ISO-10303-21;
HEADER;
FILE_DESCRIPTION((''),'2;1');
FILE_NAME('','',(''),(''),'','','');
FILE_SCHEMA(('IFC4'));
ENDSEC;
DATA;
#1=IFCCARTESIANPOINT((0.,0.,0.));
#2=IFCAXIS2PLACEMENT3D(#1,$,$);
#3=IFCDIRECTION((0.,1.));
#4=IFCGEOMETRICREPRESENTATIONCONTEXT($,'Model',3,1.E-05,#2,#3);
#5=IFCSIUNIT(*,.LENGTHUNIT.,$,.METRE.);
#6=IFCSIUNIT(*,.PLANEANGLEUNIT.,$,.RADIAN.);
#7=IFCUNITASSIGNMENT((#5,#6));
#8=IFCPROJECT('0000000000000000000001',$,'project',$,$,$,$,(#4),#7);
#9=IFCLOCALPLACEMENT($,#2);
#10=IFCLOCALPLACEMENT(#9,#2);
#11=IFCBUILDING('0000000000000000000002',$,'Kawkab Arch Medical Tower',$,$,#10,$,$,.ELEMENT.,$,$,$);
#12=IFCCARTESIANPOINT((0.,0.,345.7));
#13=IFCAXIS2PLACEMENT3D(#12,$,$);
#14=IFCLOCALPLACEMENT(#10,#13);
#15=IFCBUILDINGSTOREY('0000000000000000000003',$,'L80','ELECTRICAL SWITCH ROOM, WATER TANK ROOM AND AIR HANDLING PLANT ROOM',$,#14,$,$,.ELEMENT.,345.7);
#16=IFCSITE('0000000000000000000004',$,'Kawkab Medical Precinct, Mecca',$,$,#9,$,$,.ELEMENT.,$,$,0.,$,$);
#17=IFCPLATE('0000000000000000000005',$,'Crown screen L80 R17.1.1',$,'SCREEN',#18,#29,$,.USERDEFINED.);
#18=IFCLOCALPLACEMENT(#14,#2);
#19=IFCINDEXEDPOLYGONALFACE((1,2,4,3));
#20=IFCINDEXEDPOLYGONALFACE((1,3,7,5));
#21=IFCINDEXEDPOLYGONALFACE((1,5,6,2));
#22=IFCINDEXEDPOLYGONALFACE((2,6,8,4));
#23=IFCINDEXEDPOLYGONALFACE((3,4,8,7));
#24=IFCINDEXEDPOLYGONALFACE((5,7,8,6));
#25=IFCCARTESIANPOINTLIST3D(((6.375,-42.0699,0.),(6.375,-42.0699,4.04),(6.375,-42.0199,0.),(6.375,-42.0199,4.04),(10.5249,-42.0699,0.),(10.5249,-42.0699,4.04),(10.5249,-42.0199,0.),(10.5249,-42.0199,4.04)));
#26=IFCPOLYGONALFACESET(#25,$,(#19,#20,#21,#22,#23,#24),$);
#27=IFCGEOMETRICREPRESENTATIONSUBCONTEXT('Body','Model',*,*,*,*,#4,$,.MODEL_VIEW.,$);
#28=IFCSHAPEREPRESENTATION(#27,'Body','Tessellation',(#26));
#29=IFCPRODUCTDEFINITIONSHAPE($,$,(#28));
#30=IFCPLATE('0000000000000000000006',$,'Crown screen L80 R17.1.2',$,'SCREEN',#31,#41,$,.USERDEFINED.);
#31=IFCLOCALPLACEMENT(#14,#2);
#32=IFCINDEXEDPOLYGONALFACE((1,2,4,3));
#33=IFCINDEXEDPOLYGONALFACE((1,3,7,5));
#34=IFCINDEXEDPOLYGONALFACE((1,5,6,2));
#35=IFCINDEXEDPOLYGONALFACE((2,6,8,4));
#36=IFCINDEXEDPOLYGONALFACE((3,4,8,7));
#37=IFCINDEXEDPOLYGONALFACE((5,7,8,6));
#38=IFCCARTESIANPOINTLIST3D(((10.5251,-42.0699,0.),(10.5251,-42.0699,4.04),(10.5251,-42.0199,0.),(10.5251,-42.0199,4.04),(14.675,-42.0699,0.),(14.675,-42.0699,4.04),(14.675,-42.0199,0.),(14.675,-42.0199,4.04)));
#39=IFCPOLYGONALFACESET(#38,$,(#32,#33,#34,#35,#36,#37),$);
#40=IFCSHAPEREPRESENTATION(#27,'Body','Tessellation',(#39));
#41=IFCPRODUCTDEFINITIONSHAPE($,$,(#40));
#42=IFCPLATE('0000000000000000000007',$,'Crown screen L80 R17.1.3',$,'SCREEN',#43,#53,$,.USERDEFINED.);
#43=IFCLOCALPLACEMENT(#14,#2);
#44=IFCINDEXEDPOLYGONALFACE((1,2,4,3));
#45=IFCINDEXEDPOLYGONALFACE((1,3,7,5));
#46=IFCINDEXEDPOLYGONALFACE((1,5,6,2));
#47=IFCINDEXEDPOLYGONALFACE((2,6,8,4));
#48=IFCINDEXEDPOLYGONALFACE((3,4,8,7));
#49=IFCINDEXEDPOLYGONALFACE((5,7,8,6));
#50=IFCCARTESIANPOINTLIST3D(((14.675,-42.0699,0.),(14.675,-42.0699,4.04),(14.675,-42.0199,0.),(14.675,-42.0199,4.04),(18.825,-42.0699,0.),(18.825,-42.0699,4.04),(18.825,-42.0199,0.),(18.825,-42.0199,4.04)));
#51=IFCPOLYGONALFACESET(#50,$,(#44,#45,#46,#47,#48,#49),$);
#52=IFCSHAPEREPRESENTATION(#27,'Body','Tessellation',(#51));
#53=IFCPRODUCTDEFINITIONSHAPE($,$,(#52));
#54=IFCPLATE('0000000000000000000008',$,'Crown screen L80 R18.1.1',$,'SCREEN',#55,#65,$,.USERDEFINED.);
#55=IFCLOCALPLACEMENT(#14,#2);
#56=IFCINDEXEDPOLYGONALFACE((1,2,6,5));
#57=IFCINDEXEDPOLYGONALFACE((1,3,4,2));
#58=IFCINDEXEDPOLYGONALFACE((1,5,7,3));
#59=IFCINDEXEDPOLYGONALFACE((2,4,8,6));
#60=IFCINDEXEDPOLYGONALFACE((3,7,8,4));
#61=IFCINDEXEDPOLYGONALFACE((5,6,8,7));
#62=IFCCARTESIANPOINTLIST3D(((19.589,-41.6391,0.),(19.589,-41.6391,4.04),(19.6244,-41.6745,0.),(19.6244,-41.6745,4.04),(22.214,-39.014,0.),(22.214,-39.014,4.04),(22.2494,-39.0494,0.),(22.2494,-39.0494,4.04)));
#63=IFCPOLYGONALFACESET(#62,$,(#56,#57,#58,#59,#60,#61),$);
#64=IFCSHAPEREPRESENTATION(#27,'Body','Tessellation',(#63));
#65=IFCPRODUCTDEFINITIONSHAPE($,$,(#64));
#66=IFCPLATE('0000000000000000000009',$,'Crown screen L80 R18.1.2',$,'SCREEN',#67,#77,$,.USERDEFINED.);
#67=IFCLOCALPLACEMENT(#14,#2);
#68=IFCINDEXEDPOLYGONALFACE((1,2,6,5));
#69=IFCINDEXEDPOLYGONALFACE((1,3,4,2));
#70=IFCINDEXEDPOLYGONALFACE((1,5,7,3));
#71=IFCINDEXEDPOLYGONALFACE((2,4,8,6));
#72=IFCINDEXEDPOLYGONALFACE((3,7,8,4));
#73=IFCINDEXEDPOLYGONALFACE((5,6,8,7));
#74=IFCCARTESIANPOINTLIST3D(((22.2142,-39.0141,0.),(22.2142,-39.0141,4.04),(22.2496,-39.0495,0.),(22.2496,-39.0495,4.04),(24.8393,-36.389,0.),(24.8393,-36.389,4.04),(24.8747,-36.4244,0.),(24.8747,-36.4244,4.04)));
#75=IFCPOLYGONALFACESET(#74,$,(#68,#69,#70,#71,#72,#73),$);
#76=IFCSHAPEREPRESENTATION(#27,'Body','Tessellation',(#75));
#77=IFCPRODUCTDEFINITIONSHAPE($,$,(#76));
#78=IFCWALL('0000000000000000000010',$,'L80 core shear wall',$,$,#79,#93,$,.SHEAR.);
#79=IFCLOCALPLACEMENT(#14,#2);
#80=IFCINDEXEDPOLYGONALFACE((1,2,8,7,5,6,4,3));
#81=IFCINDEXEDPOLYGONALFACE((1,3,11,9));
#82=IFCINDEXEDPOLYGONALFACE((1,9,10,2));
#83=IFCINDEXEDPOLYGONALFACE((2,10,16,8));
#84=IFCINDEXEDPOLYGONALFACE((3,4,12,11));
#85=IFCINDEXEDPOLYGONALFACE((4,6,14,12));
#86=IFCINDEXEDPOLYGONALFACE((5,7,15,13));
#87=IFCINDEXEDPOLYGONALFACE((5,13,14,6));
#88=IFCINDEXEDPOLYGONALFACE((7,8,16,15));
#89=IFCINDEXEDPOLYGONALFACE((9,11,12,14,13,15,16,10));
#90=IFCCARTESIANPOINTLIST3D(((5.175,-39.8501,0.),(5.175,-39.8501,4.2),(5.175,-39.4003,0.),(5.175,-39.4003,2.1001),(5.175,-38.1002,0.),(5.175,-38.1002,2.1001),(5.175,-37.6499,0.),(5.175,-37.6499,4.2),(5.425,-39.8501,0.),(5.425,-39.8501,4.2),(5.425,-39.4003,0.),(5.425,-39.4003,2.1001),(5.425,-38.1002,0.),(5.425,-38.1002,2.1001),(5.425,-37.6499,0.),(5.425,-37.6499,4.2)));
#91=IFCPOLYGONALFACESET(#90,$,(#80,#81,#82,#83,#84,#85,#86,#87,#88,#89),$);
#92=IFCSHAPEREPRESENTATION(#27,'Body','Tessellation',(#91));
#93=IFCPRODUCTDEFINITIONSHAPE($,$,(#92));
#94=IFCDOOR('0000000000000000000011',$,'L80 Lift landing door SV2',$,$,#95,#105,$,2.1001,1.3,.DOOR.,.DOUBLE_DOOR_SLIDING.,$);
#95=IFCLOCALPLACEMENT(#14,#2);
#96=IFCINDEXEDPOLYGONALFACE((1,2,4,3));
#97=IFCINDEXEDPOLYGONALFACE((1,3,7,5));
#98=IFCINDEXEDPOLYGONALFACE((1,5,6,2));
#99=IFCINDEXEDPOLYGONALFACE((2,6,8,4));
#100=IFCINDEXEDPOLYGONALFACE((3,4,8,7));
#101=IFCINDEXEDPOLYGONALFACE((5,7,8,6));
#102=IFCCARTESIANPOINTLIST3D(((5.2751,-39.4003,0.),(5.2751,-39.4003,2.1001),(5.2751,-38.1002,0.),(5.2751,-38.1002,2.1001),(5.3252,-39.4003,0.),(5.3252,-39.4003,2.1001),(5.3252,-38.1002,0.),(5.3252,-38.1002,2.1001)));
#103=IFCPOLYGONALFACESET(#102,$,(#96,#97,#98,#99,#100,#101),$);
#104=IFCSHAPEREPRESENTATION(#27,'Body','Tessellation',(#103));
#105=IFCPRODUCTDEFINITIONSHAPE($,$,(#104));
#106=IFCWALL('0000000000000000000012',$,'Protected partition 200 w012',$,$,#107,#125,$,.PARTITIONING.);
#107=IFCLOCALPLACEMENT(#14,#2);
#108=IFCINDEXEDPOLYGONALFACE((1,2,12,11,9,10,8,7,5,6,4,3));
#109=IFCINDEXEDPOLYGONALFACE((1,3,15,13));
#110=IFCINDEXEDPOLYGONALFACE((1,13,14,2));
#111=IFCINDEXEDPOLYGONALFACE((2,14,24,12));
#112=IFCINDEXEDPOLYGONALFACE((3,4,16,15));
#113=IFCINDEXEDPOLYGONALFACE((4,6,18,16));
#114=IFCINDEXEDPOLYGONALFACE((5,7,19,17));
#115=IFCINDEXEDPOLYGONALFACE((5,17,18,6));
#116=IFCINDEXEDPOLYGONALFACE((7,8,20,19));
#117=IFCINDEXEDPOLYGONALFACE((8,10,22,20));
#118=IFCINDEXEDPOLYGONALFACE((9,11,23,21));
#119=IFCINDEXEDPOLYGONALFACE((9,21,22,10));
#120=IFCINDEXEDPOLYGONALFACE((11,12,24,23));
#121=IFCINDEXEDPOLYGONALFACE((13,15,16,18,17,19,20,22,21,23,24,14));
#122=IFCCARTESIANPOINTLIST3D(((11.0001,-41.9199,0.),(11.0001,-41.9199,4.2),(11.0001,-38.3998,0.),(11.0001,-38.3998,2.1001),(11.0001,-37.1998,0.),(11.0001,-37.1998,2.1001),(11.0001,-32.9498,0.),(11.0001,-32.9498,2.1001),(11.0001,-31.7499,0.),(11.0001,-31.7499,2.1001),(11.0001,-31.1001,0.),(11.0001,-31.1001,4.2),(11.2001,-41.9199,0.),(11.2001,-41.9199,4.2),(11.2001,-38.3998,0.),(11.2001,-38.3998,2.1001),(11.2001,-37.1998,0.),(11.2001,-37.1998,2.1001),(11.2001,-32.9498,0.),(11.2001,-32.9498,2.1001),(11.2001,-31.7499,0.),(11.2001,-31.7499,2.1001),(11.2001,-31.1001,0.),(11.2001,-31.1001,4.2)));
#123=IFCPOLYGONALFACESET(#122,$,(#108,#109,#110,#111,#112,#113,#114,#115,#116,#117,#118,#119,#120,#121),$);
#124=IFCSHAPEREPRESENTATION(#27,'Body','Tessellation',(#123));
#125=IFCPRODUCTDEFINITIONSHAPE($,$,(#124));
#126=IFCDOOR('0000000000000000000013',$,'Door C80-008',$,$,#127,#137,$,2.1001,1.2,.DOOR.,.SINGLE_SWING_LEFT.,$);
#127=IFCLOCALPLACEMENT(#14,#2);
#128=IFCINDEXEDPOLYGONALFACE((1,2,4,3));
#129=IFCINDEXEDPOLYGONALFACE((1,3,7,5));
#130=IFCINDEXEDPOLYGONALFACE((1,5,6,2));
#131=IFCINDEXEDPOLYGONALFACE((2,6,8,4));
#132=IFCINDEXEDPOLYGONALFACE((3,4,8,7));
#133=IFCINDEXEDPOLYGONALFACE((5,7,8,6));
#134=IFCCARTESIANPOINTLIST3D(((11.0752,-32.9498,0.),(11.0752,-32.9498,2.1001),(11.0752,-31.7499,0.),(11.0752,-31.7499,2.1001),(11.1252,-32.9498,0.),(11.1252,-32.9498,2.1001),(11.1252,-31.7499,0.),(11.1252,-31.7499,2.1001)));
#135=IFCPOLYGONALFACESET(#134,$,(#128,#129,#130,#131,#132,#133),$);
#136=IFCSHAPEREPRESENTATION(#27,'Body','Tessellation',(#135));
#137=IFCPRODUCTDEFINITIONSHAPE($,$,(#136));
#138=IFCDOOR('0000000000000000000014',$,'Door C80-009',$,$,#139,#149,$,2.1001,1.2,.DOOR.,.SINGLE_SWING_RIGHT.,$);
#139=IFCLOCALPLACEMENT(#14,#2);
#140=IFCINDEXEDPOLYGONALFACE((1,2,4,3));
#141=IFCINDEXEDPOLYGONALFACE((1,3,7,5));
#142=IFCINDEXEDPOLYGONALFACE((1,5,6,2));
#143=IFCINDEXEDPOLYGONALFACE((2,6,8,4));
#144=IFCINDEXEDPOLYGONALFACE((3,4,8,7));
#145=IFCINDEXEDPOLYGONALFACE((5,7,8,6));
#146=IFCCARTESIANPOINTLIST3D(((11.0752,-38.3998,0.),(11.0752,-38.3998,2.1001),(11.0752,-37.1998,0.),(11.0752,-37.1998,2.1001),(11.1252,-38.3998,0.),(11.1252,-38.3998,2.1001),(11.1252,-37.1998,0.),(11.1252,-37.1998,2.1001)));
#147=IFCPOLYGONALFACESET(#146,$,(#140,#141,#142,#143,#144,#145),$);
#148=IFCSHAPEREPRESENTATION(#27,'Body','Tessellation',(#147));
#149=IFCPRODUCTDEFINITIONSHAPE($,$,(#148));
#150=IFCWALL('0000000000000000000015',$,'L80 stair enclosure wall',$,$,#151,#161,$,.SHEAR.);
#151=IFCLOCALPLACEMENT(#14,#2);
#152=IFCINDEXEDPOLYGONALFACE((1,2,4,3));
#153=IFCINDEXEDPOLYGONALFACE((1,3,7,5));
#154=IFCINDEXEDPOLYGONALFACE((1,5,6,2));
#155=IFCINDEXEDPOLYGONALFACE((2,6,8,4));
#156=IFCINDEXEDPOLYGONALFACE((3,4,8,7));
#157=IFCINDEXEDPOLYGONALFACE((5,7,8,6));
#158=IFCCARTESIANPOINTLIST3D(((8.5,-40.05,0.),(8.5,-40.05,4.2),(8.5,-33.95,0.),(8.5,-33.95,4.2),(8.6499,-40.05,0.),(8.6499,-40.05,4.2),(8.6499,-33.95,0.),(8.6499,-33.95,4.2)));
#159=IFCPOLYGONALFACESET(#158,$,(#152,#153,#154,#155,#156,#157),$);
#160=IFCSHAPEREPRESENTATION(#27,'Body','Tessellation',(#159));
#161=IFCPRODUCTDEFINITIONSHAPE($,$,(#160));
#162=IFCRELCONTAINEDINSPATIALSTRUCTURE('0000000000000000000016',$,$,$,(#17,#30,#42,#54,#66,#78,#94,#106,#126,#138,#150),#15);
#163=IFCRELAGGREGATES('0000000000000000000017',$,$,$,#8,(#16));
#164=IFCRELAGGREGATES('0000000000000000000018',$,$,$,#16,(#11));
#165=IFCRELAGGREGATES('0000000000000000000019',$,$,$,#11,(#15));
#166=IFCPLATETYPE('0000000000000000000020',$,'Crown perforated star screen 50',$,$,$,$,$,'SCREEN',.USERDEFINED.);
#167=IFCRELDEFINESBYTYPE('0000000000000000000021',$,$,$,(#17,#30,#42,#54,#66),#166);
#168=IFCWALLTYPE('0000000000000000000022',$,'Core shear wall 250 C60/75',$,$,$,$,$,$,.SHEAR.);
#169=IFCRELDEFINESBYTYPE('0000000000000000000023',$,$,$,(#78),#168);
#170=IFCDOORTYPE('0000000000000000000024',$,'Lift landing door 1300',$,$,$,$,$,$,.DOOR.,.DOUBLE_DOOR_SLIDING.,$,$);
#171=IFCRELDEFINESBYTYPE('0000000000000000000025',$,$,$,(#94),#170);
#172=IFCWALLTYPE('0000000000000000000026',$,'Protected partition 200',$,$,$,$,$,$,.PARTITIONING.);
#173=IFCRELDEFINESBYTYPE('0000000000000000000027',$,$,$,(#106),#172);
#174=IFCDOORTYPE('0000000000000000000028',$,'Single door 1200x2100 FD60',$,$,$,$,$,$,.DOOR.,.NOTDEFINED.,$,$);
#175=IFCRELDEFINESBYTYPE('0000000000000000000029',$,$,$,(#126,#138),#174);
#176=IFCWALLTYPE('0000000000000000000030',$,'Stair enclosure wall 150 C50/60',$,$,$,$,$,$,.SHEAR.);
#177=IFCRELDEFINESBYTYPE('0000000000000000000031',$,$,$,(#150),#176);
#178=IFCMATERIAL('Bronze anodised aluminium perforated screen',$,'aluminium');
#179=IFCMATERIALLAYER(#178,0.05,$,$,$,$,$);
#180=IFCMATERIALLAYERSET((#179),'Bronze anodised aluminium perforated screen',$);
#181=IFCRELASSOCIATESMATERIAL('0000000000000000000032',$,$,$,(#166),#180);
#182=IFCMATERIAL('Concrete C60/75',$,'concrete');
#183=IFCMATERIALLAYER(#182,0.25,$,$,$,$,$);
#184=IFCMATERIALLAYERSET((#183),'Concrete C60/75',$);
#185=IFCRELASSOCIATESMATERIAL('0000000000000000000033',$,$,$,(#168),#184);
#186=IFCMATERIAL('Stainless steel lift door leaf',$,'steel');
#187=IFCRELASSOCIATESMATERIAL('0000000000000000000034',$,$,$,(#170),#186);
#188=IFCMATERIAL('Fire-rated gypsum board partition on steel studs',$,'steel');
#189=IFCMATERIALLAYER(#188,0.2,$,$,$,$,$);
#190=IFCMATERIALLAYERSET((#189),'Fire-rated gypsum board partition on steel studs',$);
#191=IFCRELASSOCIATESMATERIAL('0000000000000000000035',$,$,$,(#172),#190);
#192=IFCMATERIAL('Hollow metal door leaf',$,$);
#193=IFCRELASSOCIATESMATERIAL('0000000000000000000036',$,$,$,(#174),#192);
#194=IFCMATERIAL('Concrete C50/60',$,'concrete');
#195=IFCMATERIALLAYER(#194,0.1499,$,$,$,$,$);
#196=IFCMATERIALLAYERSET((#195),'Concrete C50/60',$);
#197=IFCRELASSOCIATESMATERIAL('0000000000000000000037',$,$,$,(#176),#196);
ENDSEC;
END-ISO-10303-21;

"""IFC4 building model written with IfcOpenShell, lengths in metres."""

from ifc_helpers import new_model, si_unit, direction, frame, frame_2d, origin, origin_2d, place, context, subcontext, project, spatial, rectangle, extrude, material, layer, layer_set, type_object, element, fill, save


model = new_model("IFC4")

# Units and contexts
model_context = context("Model", 3, precision=1e-05, world=origin(), true_north=direction((0.0, 1.0)))
body_context = subcontext(model_context, "Body", "Model", "MODEL_VIEW")
ifc_project = project(units=[si_unit("LENGTHUNIT", "METRE"), si_unit("PLANEANGLEUNIT", "RADIAN")], contexts=[model_context])

# Site, building, storey
site_placement = place(None, origin())
site = spatial("IfcSite", under=ifc_project, at=site_placement, Name="Kawkab Medical Precinct, Mecca", CompositionType="ELEMENT", RefElevation=0.0)
building_placement = place(site_placement, origin())
building = spatial("IfcBuilding", under=site, at=building_placement, Name="Kawkab Arch Medical Tower", CompositionType="ELEMENT")
storey_placement = place(building_placement, frame((0.0, 0.0, 345.7)))
storey = spatial("IfcBuildingStorey", under=building, at=storey_placement, Name="L80", Description="ELECTRICAL SWITCH ROOM, WATER TANK ROOM AND AIR HANDLING PLANT ROOM", CompositionType="ELEMENT", Elevation=345.7)

# Plates
ifc_material_1 = material(Name="Bronze anodised aluminium perforated screen", Category="aluminium")
ifc_layer_1 = layer(ifc_material_1, 0.05)
ifc_layer_set_1 = layer_set([ifc_layer_1], Name="Bronze anodised aluminium perforated screen")
plate_type_1 = type_object("IfcPlateType", Name="Crown perforated star screen 50", ElementType="SCREEN", PredefinedType="USERDEFINED", material=ifc_layer_set_1)
for number, where, z_axis, x_axis, name in (
    (1, (8.45, -42.0449, 0.0), (0.0, 0.0, 1.0), (1.0, 0.0, 0.0), "Crown screen L80 R17.1.1"),
    (2, (12.6001, -42.0449, 0.0), (0.0, 0.0, 1.0), (1.0, 0.0, 0.0), "Crown screen L80 R17.1.2"),
    (3, (16.75, -42.0449, 0.0), (0.0, 0.0, 1.0), (1.0, 0.0, 0.0), "Crown screen L80 R17.1.3"),
):
    element("IfcPlate", number, at=place(storey_placement, frame(where, z_axis=z_axis, x_axis=x_axis)), inside=storey, type_object=plate_type_1, Name=name, ObjectType="SCREEN", PredefinedType="USERDEFINED", context=body_context, shape_type="SweptSolid", body=[
        extrude(rectangle(XDim=4.1499, YDim=0.05, at=origin_2d()), origin(), (0.0, 0.0, 1.0), 4.04),
    ])
for number, where, z_axis, x_axis, name in (
    (4, (20.9192, -40.3442, 0.0), (0.0, 0.0, 1.0), (0.707107, 0.707107, 0.0), "Crown screen L80 R18.1.1"),
    (5, (23.5444, -37.7192, 0.0), (0.0, 0.0, 1.0), (0.707107, 0.707107, 0.0), "Crown screen L80 R18.1.2"),
):
    element("IfcPlate", number, at=place(storey_placement, frame(where, z_axis=z_axis, x_axis=x_axis)), inside=storey, type_object=plate_type_1, Name=name, ObjectType="SCREEN", PredefinedType="USERDEFINED", context=body_context, shape_type="SweptSolid", body=[
        extrude(rectangle(XDim=3.7124, YDim=0.05, at=origin_2d()), origin(), (0.0, 0.0, 1.0), 4.04),
    ])

# Wall, opening, door
ifc_material_2 = material(Name="Concrete C60/75", Category="concrete")
ifc_layer_2 = layer(ifc_material_2, 0.25)
ifc_layer_set_2 = layer_set([ifc_layer_2], Name="Concrete C60/75")
wall_type_1 = type_object("IfcWallType", Name="Core shear wall 250 C60/75", PredefinedType="SHEAR", material=ifc_layer_set_2)
wall_1_placement = place(storey_placement, frame((5.3, -39.8501, 0.0), z_axis=(0.0, 0.0, 1.0), x_axis=(0.0, 1.0, 0.0)))
wall_1 = element("IfcWall", 6, at=wall_1_placement, inside=storey, type_object=wall_type_1, Name="L80 core shear wall", PredefinedType="SHEAR", context=body_context, shape_type="SweptSolid", body=[
    extrude(rectangle(XDim=2.2002, YDim=0.25, at=frame_2d((1.1001, 0.0))), origin(), (0.0, 0.0, 1.0), 4.2),
])
opening_1_placement = place(wall_1_placement, frame((0.45, 0.0, 0.0)))
opening_1 = element("IfcOpeningElement", 7, at=opening_1_placement, cuts=wall_1, PredefinedType="OPENING", context=body_context, shape_type="SweptSolid", body=[
    extrude(rectangle(XDim=1.3, YDim=2.1001, at=frame_2d((0.6499, 1.05))), frame((0.0, 0.135, 0.0), z_axis=(0.0, -1.0, 0.0), x_axis=(1.0, 0.0, 0.0)), (0.0, 0.0, 1.0), 0.27),
])
ifc_material_3 = material(Name="Stainless steel lift door leaf", Category="steel")
door_type_1 = type_object("IfcDoorType", Name="Lift landing door 1300", OperationType="DOUBLE_DOOR_SLIDING", PredefinedType="DOOR", material=ifc_material_3)
door_1_placement = place(opening_1_placement, origin())
door_1 = element("IfcDoor", 8, at=door_1_placement, inside=storey, type_object=door_type_1, Name="L80 Lift landing door SV2", OperationType="DOUBLE_DOOR_SLIDING", OverallHeight=2.1001, OverallWidth=1.3, PredefinedType="DOOR", context=body_context, shape_type="SweptSolid", body=[
    extrude(rectangle(XDim=1.3, YDim=2.1001, at=frame_2d((0.6499, 1.05))), frame((0.0, 0.0249, 0.0), z_axis=(0.0, -1.0, 0.0), x_axis=(1.0, 0.0, 0.0)), (0.0, 0.0, 1.0), 0.05),
])
fill(opening_1, door_1)

# Wall, openings, doors
ifc_material_4 = material(Name="Fire-rated gypsum board partition on steel studs", Category="steel")
ifc_layer_3 = layer(ifc_material_4, 0.2)
ifc_layer_set_3 = layer_set([ifc_layer_3], Name="Fire-rated gypsum board partition on steel studs")
wall_type_2 = type_object("IfcWallType", Name="Protected partition 200", PredefinedType="PARTITIONING", material=ifc_layer_set_3)
wall_2_placement = place(storey_placement, frame((11.1001, -41.9199, 0.0), z_axis=(0.0, 0.0, 1.0), x_axis=(0.0, 1.0, 0.0)))
wall_2 = element("IfcWall", 9, at=wall_2_placement, inside=storey, type_object=wall_type_2, Name="Protected partition 200 w012", PredefinedType="PARTITIONING", context=body_context, shape_type="SweptSolid", body=[
    extrude(rectangle(XDim=10.8198, YDim=0.2, at=frame_2d((5.4099, 0.0))), origin(), (0.0, 0.0, 1.0), 4.2),
])
opening_2_placement = place(wall_2_placement, frame((8.97, 0.0, 0.0)))
opening_2 = element("IfcOpeningElement", 10, at=opening_2_placement, cuts=wall_2, PredefinedType="OPENING", context=body_context, shape_type="SweptSolid", body=[
    extrude(rectangle(XDim=1.2, YDim=2.1001, at=frame_2d((0.6001, 1.05))), frame((0.0, 0.1099, 0.0), z_axis=(0.0, -1.0, 0.0), x_axis=(1.0, 0.0, 0.0)), (0.0, 0.0, 1.0), 0.22),
])
opening_3_placement = place(wall_2_placement, frame((3.52, 0.0, 0.0)))
opening_3 = element("IfcOpeningElement", 11, at=opening_3_placement, cuts=wall_2, PredefinedType="OPENING", context=body_context, shape_type="SweptSolid", body=[
    extrude(rectangle(XDim=1.2, YDim=2.1001, at=frame_2d((0.6001, 1.05))), frame((0.0, 0.1099, 0.0), z_axis=(0.0, -1.0, 0.0), x_axis=(1.0, 0.0, 0.0)), (0.0, 0.0, 1.0), 0.22),
])
ifc_material_5 = material(Name="Hollow metal door leaf")
door_type_2 = type_object("IfcDoorType", Name="Single door 1200x2100 FD60", OperationType="NOTDEFINED", PredefinedType="DOOR", material=ifc_material_5)
door_2_placement = place(opening_2_placement, origin())
door_2 = element("IfcDoor", 12, at=door_2_placement, inside=storey, type_object=door_type_2, Name="Door C80-008", OperationType="SINGLE_SWING_LEFT", OverallHeight=2.1001, OverallWidth=1.2, PredefinedType="DOOR", context=body_context, shape_type="SweptSolid", body=[
    extrude(rectangle(XDim=1.2, YDim=2.1001, at=frame_2d((0.6001, 1.05))), frame((0.0, 0.0249, 0.0), z_axis=(0.0, -1.0, 0.0), x_axis=(1.0, 0.0, 0.0)), (0.0, 0.0, 1.0), 0.05),
])
fill(opening_2, door_2)
door_3_placement = place(opening_3_placement, origin())
door_3 = element("IfcDoor", 13, at=door_3_placement, inside=storey, type_object=door_type_2, Name="Door C80-009", OperationType="SINGLE_SWING_RIGHT", OverallHeight=2.1001, OverallWidth=1.2, PredefinedType="DOOR", context=body_context, shape_type="SweptSolid", body=[
    extrude(rectangle(XDim=1.2, YDim=2.1001, at=frame_2d((0.6001, 1.05))), frame((0.0, 0.0249, 0.0), z_axis=(0.0, -1.0, 0.0), x_axis=(1.0, 0.0, 0.0)), (0.0, 0.0, 1.0), 0.05),
])
fill(opening_3, door_3)

# Wall
ifc_material_6 = material(Name="Concrete C50/60", Category="concrete")
ifc_layer_4 = layer(ifc_material_6, 0.1499)
ifc_layer_set_4 = layer_set([ifc_layer_4], Name="Concrete C50/60")
wall_type_3 = type_object("IfcWallType", Name="Stair enclosure wall 150 C50/60", PredefinedType="SHEAR", material=ifc_layer_set_4)
wall_3_placement = place(storey_placement, frame((8.575, -40.05, 0.0), z_axis=(0.0, 0.0, 1.0), x_axis=(0.0, 1.0, 0.0)))
element("IfcWall", 14, at=wall_3_placement, inside=storey, type_object=wall_type_3, Name="L80 stair enclosure wall", PredefinedType="SHEAR", context=body_context, shape_type="SweptSolid", body=[
    extrude(rectangle(XDim=6.1001, YDim=0.1499, at=frame_2d((3.05, 0.0))), origin(), (0.0, 0.0, 1.0), 4.2),
])

save(model, "model.ifc")
